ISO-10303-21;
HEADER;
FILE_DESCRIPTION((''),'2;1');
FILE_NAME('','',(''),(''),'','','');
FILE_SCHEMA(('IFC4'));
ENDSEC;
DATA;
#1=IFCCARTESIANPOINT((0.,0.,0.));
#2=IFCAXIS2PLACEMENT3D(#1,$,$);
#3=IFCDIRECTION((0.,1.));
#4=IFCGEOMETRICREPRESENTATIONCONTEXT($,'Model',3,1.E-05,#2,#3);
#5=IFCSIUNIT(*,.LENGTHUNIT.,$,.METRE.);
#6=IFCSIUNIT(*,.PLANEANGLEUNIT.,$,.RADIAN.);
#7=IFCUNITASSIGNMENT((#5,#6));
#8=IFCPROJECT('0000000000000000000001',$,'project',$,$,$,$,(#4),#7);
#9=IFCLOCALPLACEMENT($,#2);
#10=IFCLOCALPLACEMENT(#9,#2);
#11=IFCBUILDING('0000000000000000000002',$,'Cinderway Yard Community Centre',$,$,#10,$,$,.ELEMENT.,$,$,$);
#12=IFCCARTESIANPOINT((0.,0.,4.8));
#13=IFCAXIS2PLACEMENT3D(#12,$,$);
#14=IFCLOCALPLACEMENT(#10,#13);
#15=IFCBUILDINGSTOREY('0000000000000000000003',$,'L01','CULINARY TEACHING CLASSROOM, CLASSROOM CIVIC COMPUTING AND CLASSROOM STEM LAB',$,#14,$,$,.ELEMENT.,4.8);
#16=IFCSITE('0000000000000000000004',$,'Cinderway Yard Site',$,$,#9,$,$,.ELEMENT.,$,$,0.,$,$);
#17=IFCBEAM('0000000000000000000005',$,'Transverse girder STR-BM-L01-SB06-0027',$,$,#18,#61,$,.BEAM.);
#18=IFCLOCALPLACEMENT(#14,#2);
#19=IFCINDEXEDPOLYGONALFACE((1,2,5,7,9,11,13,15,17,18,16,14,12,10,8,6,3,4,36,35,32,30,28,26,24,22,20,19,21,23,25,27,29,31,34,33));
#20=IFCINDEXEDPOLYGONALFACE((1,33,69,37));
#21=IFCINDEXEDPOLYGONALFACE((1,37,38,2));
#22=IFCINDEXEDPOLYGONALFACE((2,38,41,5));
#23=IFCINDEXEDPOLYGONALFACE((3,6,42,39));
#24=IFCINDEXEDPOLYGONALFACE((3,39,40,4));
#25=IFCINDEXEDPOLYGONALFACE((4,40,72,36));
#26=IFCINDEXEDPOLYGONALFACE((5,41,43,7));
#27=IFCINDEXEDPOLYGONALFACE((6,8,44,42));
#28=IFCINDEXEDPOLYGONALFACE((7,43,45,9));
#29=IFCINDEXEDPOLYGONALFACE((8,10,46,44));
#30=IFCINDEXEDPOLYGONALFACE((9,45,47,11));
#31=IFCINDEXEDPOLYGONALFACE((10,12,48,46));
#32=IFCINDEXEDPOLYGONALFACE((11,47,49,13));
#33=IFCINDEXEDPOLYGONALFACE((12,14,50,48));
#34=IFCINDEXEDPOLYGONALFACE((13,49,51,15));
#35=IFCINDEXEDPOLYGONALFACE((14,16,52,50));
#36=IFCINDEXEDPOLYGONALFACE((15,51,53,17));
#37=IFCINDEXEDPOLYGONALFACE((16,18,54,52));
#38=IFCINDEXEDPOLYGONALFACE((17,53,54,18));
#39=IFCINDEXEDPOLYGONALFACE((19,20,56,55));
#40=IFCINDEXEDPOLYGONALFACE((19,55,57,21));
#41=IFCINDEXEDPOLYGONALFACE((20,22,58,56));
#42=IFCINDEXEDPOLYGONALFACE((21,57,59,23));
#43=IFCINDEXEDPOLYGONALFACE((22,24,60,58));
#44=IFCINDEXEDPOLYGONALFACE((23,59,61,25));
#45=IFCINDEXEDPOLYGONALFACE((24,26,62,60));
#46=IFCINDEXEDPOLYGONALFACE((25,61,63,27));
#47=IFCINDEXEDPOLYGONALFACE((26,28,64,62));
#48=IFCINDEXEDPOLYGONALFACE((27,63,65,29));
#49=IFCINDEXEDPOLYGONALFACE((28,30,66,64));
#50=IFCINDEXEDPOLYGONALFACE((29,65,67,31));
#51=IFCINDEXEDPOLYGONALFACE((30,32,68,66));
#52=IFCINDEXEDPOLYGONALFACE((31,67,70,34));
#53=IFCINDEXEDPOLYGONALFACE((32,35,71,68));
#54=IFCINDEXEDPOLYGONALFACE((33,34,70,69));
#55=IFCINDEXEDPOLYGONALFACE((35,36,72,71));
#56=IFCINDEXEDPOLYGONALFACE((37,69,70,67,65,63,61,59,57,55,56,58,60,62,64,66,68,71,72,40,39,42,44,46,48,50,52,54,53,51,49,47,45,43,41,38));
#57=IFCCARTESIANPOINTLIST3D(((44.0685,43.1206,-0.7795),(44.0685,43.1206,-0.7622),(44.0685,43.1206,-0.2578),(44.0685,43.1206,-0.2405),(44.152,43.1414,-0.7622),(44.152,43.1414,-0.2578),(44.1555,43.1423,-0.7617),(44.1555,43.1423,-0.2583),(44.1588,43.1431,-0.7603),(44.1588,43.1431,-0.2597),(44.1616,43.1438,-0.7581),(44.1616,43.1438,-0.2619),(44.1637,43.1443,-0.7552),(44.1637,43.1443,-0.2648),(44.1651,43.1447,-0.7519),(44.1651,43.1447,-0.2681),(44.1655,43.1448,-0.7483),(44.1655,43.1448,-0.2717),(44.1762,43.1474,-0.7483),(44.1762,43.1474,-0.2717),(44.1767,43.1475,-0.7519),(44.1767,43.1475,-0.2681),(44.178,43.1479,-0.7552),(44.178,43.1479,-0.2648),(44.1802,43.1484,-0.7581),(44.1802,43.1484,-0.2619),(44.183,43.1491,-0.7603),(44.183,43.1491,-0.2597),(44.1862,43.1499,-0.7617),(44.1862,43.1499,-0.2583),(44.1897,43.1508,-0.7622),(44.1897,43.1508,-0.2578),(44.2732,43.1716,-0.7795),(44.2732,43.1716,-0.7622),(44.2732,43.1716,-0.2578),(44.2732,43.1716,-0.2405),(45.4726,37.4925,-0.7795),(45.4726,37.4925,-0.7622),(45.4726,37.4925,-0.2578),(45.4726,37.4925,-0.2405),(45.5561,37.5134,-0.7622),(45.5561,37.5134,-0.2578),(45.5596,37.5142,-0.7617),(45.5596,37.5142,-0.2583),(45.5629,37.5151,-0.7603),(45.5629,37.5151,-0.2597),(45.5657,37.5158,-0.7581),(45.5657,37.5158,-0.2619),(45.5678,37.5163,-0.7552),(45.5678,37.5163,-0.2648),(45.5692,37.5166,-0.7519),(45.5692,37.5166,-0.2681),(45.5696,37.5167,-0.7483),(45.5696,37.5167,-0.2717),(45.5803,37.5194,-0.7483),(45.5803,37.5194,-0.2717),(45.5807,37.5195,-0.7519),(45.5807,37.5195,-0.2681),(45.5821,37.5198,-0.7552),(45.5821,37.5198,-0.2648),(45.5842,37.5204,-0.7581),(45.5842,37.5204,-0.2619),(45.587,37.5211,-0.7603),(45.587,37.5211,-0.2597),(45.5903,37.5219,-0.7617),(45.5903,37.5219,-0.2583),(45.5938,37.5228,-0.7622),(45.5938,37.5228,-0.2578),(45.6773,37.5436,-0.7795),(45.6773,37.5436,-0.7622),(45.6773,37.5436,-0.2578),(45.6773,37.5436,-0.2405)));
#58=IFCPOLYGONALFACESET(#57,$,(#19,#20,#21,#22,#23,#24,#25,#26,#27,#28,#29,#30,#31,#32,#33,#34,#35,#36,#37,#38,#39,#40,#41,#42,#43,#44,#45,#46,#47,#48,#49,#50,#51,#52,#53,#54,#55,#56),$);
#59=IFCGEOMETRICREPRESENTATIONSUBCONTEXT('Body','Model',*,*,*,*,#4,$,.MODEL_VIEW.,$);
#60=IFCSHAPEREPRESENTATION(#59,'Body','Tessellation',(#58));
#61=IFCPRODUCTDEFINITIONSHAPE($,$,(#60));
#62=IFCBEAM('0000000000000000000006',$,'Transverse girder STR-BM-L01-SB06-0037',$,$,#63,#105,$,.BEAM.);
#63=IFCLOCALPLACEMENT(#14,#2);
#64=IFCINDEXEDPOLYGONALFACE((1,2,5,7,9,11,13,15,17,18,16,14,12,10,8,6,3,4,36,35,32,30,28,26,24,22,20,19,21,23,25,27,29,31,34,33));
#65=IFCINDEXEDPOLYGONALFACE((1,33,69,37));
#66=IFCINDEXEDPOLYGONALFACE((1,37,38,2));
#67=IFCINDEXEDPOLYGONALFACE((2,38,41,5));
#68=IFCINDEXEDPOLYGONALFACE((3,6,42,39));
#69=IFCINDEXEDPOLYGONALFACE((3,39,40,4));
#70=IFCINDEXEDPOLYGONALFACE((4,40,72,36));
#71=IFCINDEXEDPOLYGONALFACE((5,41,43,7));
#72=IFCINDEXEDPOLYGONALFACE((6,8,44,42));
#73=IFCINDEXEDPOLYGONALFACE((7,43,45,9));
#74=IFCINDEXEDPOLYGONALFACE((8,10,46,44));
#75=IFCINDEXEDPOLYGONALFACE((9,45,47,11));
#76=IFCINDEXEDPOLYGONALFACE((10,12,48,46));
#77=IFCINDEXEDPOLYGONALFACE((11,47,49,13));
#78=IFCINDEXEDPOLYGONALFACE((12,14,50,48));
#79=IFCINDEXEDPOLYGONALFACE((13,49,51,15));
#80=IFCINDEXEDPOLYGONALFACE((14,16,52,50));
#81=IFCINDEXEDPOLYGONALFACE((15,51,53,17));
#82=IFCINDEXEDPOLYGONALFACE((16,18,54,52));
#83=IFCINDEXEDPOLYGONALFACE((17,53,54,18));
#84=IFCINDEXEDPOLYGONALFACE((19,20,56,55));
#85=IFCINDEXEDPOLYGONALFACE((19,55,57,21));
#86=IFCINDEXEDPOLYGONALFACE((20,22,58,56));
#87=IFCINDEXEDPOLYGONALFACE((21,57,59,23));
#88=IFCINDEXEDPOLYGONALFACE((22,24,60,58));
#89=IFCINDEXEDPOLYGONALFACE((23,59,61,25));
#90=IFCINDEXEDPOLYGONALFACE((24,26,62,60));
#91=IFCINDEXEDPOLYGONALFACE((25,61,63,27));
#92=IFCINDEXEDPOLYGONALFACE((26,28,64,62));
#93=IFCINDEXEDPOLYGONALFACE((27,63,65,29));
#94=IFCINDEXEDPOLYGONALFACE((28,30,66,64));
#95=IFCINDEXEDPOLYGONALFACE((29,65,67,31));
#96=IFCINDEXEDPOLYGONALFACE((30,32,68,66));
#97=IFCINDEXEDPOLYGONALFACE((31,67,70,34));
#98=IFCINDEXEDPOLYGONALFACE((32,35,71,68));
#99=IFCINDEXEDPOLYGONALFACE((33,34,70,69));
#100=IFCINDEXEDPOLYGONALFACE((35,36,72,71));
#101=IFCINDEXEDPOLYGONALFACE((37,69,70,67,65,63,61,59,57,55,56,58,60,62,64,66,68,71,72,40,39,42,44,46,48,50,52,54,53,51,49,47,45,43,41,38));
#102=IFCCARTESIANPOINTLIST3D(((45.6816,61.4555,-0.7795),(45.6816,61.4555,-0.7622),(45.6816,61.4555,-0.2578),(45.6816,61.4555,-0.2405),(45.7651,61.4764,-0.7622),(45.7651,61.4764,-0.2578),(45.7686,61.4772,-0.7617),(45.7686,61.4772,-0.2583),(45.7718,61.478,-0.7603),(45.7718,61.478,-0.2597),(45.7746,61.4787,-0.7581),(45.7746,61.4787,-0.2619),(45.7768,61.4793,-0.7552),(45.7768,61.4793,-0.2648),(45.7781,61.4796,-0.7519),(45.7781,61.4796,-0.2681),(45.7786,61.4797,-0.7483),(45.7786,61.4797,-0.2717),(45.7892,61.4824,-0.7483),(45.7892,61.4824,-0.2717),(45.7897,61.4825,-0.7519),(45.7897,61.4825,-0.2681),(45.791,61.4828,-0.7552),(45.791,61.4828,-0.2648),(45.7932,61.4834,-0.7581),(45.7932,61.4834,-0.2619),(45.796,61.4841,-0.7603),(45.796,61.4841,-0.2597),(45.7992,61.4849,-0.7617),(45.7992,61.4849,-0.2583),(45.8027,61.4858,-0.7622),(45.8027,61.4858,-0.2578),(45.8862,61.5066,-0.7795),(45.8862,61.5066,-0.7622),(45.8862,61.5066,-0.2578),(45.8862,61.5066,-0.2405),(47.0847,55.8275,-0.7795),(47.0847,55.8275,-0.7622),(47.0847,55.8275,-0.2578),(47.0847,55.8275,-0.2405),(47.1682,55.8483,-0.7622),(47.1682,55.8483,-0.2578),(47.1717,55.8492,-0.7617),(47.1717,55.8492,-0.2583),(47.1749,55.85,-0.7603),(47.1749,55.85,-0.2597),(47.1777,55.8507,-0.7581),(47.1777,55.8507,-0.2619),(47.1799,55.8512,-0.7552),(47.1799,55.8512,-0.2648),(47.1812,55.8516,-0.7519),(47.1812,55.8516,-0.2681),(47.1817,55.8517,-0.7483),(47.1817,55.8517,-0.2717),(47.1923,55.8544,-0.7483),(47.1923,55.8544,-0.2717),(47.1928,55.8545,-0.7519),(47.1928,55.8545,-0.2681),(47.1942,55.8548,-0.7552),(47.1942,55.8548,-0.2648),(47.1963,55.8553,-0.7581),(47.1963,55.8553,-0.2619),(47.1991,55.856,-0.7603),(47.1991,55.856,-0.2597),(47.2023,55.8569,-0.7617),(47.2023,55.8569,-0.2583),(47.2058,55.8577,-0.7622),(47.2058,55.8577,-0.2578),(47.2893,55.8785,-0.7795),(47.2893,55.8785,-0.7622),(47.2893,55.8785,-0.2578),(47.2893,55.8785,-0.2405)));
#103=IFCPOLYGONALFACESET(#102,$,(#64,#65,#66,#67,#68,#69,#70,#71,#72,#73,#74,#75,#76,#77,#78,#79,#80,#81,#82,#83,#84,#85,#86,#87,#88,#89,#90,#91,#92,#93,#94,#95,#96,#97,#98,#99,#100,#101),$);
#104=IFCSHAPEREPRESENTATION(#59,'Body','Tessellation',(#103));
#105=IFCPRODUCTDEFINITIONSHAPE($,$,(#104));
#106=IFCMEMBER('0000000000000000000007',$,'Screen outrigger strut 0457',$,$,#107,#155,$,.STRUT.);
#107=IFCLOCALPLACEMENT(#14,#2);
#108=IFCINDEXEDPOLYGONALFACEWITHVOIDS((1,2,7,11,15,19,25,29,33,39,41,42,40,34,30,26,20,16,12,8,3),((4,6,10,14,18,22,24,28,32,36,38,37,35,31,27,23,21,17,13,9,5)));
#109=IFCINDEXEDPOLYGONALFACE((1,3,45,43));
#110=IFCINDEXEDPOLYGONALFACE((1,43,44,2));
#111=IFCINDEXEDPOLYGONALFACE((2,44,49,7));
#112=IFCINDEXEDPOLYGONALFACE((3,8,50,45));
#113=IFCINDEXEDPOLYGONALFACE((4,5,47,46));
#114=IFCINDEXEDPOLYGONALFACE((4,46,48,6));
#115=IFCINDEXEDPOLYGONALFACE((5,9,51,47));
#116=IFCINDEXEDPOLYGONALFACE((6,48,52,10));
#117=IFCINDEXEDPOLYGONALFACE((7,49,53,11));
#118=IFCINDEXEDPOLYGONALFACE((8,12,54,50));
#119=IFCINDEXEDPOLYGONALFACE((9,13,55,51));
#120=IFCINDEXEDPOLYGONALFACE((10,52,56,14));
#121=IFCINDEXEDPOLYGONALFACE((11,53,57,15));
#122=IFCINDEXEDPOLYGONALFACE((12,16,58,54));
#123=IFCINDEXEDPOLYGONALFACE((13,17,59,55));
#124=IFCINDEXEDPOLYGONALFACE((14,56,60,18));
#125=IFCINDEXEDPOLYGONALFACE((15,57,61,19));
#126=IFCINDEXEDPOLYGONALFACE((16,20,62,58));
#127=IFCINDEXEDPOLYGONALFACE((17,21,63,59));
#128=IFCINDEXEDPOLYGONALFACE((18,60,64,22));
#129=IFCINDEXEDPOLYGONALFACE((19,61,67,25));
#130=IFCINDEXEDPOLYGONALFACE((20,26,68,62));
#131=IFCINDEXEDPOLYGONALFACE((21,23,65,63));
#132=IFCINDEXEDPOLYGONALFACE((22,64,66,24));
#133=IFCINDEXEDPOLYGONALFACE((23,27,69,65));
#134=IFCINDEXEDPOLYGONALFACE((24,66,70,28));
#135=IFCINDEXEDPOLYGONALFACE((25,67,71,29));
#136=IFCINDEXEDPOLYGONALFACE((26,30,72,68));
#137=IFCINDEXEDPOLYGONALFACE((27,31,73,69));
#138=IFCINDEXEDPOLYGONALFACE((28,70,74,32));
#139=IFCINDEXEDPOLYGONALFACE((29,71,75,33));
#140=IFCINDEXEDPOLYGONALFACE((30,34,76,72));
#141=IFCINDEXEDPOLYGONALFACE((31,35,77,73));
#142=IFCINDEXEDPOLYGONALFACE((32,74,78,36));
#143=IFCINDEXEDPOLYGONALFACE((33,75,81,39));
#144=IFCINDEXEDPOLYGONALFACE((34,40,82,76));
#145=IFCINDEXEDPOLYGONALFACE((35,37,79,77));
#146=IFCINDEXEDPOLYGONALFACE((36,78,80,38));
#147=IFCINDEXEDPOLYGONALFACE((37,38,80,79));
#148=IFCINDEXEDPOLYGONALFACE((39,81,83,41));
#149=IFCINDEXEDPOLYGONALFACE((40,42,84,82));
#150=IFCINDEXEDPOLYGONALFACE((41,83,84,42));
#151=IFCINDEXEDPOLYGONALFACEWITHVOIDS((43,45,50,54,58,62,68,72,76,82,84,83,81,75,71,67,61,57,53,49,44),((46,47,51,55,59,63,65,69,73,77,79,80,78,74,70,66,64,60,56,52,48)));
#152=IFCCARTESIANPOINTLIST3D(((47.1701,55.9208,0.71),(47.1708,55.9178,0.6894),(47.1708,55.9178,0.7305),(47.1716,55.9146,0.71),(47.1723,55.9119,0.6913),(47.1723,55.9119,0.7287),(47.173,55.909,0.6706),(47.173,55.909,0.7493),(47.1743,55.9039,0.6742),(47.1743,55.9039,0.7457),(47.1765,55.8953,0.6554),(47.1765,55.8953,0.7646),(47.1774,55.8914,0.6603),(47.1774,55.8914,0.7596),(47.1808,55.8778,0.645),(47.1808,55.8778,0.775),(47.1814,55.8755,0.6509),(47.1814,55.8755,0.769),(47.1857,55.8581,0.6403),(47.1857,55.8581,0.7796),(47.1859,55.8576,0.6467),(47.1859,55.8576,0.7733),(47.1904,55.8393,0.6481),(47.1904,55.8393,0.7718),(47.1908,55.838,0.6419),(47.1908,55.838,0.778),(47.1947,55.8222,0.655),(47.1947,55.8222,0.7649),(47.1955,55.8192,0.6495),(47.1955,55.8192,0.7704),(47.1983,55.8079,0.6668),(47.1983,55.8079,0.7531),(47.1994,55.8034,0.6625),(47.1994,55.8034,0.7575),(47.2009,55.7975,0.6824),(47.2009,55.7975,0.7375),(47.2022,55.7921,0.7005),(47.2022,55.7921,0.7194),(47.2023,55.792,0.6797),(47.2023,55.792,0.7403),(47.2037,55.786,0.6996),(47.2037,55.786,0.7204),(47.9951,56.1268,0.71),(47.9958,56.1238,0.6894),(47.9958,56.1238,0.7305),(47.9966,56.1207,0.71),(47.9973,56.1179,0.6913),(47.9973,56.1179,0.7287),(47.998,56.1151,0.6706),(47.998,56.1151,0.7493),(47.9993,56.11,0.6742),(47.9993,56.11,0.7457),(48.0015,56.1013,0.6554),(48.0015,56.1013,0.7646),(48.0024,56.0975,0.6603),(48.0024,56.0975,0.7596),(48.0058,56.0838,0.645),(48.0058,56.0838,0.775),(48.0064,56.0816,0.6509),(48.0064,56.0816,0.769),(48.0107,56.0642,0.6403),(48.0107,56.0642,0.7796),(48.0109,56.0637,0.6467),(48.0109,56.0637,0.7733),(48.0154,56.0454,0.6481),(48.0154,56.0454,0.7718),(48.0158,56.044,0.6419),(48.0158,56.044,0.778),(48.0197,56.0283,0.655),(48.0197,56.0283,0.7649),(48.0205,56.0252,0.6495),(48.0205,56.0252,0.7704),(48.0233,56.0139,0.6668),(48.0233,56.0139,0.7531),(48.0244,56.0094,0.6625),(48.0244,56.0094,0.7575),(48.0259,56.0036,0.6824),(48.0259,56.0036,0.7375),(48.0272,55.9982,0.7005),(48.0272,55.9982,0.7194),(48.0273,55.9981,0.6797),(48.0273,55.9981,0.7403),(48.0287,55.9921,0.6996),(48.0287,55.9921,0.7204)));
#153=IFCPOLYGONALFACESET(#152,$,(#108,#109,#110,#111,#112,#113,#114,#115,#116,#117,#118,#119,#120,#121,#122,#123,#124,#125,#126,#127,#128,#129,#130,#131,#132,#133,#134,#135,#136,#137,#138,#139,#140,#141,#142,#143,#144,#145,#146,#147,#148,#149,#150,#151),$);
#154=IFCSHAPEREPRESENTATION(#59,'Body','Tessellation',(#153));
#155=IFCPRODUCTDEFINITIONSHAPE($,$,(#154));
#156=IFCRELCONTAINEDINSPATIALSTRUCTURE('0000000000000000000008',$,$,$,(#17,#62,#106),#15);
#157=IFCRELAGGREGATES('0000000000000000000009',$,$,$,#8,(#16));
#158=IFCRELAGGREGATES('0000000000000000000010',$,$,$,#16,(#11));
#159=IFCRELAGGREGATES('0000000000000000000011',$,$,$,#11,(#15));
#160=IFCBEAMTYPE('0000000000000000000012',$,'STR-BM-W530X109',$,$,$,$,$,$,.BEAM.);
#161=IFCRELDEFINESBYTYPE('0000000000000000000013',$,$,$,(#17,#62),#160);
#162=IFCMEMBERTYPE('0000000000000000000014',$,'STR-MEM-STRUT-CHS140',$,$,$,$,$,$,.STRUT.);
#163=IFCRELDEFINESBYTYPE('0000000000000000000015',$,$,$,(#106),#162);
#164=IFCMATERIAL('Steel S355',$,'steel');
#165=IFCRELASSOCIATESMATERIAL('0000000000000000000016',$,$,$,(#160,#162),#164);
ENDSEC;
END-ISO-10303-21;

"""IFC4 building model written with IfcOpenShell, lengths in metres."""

from ifc_helpers import new_model, si_unit, direction, frame, origin, origin_2d, place, context, subcontext, project, spatial, hollow_circle, i_section, extrude, material, material_profile, profile_set, type_object, element, save


model = new_model("IFC4")

# Units and contexts
model_context = context("Model", 3, precision=1e-05, world=origin(), true_north=direction((0.0, 1.0)))
body_context = subcontext(model_context, "Body", "Model", "MODEL_VIEW")
ifc_project = project(units=[si_unit("LENGTHUNIT", "METRE"), si_unit("PLANEANGLEUNIT", "RADIAN")], contexts=[model_context])

# Site, building, storey
site_placement = place(None, origin())
site = spatial("IfcSite", under=ifc_project, at=site_placement, Name="Cinderway Yard Site", CompositionType="ELEMENT", RefElevation=0.0)
building_placement = place(site_placement, origin())
building = spatial("IfcBuilding", under=site, at=building_placement, Name="Cinderway Yard Community Centre", CompositionType="ELEMENT")
storey_placement = place(building_placement, frame((0.0, 0.0, 4.8)))
storey = spatial("IfcBuildingStorey", under=building, at=storey_placement, Name="L01", Description="CULINARY TEACHING CLASSROOM, CLASSROOM CIVIC COMPUTING AND CLASSROOM STEM LAB", CompositionType="ELEMENT", Elevation=4.8)

# Shared definitions
ifc_material_1 = material(Name="Steel S355", Category="steel")

# Beams
ifc_material_profile_1 = material_profile(ifc_material_1, i_section(OverallWidth=0.2109, OverallDepth=0.5391, WebThickness=0.011, FlangeThickness=0.0173, FilletRadius=0.0139, at=origin_2d()), Name="Steel S355")
ifc_profile_set_1 = profile_set([ifc_material_profile_1], Name="Steel S355")
beam_type_1 = type_object("IfcBeamType", Name="STR-BM-W530X109", PredefinedType="BEAM", material=ifc_profile_set_1)
beam_1_placement = place(storey_placement, frame((45.575, 37.5181, -0.51), z_axis=(-0.24206, 0.970261, 0.0), x_axis=(-0.970261, -0.24206, 0.0)))
element("IfcBeam", 1, at=beam_1_placement, inside=storey, type_object=beam_type_1, Name="Transverse girder STR-BM-L01-SB06-0027", PredefinedType="BEAM", context=body_context, shape_type="SweptSolid", body=[
    extrude(i_section(OverallWidth=0.2109, OverallDepth=0.5391, WebThickness=0.011, FlangeThickness=0.0173, FilletRadius=0.0139, at=origin_2d()), origin(), (0.0, 0.0, 1.0), 5.8005),
])
beam_2_placement = place(storey_placement, frame((47.187, 55.853, -0.51), z_axis=(-0.241902, 0.970301, 0.0), x_axis=(-0.970301, -0.241902, 0.0)))
element("IfcBeam", 2, at=beam_2_placement, inside=storey, type_object=beam_type_1, Name="Transverse girder STR-BM-L01-SB06-0037", PredefinedType="BEAM", context=body_context, shape_type="SweptSolid", body=[
    extrude(i_section(OverallWidth=0.2109, OverallDepth=0.5391, WebThickness=0.011, FlangeThickness=0.0173, FilletRadius=0.0139, at=origin_2d()), origin(), (0.0, 0.0, 1.0), 5.8003),
])

# Member
ifc_material_profile_2 = material_profile(ifc_material_1, hollow_circle(Radius=0.0698, WallThickness=0.0063, at=origin_2d()), Name="Steel S355")
ifc_profile_set_2 = profile_set([ifc_material_profile_2], Name="Steel S355")
member_type_1 = type_object("IfcMemberType", Name="STR-MEM-STRUT-CHS140", PredefinedType="STRUT", material=ifc_profile_set_2)
for number, where, z_axis, x_axis, name in (
    (3, (47.187, 55.853, 0.71), (0.970193, 0.242333, 0.0), (-0.242333, 0.970193, 0.0), "Screen outrigger strut 0457"),
):
    element("IfcMember", number, at=place(storey_placement, frame(where, z_axis=z_axis, x_axis=x_axis)), inside=storey, type_object=member_type_1, Name=name, PredefinedType="STRUT", context=body_context, shape_type="SweptSolid", body=[
        extrude(hollow_circle(Radius=0.0698, WallThickness=0.0063, at=origin_2d()), origin(), (0.0, 0.0, 1.0), 0.8503),
    ])

save(model, "model.ifc")
